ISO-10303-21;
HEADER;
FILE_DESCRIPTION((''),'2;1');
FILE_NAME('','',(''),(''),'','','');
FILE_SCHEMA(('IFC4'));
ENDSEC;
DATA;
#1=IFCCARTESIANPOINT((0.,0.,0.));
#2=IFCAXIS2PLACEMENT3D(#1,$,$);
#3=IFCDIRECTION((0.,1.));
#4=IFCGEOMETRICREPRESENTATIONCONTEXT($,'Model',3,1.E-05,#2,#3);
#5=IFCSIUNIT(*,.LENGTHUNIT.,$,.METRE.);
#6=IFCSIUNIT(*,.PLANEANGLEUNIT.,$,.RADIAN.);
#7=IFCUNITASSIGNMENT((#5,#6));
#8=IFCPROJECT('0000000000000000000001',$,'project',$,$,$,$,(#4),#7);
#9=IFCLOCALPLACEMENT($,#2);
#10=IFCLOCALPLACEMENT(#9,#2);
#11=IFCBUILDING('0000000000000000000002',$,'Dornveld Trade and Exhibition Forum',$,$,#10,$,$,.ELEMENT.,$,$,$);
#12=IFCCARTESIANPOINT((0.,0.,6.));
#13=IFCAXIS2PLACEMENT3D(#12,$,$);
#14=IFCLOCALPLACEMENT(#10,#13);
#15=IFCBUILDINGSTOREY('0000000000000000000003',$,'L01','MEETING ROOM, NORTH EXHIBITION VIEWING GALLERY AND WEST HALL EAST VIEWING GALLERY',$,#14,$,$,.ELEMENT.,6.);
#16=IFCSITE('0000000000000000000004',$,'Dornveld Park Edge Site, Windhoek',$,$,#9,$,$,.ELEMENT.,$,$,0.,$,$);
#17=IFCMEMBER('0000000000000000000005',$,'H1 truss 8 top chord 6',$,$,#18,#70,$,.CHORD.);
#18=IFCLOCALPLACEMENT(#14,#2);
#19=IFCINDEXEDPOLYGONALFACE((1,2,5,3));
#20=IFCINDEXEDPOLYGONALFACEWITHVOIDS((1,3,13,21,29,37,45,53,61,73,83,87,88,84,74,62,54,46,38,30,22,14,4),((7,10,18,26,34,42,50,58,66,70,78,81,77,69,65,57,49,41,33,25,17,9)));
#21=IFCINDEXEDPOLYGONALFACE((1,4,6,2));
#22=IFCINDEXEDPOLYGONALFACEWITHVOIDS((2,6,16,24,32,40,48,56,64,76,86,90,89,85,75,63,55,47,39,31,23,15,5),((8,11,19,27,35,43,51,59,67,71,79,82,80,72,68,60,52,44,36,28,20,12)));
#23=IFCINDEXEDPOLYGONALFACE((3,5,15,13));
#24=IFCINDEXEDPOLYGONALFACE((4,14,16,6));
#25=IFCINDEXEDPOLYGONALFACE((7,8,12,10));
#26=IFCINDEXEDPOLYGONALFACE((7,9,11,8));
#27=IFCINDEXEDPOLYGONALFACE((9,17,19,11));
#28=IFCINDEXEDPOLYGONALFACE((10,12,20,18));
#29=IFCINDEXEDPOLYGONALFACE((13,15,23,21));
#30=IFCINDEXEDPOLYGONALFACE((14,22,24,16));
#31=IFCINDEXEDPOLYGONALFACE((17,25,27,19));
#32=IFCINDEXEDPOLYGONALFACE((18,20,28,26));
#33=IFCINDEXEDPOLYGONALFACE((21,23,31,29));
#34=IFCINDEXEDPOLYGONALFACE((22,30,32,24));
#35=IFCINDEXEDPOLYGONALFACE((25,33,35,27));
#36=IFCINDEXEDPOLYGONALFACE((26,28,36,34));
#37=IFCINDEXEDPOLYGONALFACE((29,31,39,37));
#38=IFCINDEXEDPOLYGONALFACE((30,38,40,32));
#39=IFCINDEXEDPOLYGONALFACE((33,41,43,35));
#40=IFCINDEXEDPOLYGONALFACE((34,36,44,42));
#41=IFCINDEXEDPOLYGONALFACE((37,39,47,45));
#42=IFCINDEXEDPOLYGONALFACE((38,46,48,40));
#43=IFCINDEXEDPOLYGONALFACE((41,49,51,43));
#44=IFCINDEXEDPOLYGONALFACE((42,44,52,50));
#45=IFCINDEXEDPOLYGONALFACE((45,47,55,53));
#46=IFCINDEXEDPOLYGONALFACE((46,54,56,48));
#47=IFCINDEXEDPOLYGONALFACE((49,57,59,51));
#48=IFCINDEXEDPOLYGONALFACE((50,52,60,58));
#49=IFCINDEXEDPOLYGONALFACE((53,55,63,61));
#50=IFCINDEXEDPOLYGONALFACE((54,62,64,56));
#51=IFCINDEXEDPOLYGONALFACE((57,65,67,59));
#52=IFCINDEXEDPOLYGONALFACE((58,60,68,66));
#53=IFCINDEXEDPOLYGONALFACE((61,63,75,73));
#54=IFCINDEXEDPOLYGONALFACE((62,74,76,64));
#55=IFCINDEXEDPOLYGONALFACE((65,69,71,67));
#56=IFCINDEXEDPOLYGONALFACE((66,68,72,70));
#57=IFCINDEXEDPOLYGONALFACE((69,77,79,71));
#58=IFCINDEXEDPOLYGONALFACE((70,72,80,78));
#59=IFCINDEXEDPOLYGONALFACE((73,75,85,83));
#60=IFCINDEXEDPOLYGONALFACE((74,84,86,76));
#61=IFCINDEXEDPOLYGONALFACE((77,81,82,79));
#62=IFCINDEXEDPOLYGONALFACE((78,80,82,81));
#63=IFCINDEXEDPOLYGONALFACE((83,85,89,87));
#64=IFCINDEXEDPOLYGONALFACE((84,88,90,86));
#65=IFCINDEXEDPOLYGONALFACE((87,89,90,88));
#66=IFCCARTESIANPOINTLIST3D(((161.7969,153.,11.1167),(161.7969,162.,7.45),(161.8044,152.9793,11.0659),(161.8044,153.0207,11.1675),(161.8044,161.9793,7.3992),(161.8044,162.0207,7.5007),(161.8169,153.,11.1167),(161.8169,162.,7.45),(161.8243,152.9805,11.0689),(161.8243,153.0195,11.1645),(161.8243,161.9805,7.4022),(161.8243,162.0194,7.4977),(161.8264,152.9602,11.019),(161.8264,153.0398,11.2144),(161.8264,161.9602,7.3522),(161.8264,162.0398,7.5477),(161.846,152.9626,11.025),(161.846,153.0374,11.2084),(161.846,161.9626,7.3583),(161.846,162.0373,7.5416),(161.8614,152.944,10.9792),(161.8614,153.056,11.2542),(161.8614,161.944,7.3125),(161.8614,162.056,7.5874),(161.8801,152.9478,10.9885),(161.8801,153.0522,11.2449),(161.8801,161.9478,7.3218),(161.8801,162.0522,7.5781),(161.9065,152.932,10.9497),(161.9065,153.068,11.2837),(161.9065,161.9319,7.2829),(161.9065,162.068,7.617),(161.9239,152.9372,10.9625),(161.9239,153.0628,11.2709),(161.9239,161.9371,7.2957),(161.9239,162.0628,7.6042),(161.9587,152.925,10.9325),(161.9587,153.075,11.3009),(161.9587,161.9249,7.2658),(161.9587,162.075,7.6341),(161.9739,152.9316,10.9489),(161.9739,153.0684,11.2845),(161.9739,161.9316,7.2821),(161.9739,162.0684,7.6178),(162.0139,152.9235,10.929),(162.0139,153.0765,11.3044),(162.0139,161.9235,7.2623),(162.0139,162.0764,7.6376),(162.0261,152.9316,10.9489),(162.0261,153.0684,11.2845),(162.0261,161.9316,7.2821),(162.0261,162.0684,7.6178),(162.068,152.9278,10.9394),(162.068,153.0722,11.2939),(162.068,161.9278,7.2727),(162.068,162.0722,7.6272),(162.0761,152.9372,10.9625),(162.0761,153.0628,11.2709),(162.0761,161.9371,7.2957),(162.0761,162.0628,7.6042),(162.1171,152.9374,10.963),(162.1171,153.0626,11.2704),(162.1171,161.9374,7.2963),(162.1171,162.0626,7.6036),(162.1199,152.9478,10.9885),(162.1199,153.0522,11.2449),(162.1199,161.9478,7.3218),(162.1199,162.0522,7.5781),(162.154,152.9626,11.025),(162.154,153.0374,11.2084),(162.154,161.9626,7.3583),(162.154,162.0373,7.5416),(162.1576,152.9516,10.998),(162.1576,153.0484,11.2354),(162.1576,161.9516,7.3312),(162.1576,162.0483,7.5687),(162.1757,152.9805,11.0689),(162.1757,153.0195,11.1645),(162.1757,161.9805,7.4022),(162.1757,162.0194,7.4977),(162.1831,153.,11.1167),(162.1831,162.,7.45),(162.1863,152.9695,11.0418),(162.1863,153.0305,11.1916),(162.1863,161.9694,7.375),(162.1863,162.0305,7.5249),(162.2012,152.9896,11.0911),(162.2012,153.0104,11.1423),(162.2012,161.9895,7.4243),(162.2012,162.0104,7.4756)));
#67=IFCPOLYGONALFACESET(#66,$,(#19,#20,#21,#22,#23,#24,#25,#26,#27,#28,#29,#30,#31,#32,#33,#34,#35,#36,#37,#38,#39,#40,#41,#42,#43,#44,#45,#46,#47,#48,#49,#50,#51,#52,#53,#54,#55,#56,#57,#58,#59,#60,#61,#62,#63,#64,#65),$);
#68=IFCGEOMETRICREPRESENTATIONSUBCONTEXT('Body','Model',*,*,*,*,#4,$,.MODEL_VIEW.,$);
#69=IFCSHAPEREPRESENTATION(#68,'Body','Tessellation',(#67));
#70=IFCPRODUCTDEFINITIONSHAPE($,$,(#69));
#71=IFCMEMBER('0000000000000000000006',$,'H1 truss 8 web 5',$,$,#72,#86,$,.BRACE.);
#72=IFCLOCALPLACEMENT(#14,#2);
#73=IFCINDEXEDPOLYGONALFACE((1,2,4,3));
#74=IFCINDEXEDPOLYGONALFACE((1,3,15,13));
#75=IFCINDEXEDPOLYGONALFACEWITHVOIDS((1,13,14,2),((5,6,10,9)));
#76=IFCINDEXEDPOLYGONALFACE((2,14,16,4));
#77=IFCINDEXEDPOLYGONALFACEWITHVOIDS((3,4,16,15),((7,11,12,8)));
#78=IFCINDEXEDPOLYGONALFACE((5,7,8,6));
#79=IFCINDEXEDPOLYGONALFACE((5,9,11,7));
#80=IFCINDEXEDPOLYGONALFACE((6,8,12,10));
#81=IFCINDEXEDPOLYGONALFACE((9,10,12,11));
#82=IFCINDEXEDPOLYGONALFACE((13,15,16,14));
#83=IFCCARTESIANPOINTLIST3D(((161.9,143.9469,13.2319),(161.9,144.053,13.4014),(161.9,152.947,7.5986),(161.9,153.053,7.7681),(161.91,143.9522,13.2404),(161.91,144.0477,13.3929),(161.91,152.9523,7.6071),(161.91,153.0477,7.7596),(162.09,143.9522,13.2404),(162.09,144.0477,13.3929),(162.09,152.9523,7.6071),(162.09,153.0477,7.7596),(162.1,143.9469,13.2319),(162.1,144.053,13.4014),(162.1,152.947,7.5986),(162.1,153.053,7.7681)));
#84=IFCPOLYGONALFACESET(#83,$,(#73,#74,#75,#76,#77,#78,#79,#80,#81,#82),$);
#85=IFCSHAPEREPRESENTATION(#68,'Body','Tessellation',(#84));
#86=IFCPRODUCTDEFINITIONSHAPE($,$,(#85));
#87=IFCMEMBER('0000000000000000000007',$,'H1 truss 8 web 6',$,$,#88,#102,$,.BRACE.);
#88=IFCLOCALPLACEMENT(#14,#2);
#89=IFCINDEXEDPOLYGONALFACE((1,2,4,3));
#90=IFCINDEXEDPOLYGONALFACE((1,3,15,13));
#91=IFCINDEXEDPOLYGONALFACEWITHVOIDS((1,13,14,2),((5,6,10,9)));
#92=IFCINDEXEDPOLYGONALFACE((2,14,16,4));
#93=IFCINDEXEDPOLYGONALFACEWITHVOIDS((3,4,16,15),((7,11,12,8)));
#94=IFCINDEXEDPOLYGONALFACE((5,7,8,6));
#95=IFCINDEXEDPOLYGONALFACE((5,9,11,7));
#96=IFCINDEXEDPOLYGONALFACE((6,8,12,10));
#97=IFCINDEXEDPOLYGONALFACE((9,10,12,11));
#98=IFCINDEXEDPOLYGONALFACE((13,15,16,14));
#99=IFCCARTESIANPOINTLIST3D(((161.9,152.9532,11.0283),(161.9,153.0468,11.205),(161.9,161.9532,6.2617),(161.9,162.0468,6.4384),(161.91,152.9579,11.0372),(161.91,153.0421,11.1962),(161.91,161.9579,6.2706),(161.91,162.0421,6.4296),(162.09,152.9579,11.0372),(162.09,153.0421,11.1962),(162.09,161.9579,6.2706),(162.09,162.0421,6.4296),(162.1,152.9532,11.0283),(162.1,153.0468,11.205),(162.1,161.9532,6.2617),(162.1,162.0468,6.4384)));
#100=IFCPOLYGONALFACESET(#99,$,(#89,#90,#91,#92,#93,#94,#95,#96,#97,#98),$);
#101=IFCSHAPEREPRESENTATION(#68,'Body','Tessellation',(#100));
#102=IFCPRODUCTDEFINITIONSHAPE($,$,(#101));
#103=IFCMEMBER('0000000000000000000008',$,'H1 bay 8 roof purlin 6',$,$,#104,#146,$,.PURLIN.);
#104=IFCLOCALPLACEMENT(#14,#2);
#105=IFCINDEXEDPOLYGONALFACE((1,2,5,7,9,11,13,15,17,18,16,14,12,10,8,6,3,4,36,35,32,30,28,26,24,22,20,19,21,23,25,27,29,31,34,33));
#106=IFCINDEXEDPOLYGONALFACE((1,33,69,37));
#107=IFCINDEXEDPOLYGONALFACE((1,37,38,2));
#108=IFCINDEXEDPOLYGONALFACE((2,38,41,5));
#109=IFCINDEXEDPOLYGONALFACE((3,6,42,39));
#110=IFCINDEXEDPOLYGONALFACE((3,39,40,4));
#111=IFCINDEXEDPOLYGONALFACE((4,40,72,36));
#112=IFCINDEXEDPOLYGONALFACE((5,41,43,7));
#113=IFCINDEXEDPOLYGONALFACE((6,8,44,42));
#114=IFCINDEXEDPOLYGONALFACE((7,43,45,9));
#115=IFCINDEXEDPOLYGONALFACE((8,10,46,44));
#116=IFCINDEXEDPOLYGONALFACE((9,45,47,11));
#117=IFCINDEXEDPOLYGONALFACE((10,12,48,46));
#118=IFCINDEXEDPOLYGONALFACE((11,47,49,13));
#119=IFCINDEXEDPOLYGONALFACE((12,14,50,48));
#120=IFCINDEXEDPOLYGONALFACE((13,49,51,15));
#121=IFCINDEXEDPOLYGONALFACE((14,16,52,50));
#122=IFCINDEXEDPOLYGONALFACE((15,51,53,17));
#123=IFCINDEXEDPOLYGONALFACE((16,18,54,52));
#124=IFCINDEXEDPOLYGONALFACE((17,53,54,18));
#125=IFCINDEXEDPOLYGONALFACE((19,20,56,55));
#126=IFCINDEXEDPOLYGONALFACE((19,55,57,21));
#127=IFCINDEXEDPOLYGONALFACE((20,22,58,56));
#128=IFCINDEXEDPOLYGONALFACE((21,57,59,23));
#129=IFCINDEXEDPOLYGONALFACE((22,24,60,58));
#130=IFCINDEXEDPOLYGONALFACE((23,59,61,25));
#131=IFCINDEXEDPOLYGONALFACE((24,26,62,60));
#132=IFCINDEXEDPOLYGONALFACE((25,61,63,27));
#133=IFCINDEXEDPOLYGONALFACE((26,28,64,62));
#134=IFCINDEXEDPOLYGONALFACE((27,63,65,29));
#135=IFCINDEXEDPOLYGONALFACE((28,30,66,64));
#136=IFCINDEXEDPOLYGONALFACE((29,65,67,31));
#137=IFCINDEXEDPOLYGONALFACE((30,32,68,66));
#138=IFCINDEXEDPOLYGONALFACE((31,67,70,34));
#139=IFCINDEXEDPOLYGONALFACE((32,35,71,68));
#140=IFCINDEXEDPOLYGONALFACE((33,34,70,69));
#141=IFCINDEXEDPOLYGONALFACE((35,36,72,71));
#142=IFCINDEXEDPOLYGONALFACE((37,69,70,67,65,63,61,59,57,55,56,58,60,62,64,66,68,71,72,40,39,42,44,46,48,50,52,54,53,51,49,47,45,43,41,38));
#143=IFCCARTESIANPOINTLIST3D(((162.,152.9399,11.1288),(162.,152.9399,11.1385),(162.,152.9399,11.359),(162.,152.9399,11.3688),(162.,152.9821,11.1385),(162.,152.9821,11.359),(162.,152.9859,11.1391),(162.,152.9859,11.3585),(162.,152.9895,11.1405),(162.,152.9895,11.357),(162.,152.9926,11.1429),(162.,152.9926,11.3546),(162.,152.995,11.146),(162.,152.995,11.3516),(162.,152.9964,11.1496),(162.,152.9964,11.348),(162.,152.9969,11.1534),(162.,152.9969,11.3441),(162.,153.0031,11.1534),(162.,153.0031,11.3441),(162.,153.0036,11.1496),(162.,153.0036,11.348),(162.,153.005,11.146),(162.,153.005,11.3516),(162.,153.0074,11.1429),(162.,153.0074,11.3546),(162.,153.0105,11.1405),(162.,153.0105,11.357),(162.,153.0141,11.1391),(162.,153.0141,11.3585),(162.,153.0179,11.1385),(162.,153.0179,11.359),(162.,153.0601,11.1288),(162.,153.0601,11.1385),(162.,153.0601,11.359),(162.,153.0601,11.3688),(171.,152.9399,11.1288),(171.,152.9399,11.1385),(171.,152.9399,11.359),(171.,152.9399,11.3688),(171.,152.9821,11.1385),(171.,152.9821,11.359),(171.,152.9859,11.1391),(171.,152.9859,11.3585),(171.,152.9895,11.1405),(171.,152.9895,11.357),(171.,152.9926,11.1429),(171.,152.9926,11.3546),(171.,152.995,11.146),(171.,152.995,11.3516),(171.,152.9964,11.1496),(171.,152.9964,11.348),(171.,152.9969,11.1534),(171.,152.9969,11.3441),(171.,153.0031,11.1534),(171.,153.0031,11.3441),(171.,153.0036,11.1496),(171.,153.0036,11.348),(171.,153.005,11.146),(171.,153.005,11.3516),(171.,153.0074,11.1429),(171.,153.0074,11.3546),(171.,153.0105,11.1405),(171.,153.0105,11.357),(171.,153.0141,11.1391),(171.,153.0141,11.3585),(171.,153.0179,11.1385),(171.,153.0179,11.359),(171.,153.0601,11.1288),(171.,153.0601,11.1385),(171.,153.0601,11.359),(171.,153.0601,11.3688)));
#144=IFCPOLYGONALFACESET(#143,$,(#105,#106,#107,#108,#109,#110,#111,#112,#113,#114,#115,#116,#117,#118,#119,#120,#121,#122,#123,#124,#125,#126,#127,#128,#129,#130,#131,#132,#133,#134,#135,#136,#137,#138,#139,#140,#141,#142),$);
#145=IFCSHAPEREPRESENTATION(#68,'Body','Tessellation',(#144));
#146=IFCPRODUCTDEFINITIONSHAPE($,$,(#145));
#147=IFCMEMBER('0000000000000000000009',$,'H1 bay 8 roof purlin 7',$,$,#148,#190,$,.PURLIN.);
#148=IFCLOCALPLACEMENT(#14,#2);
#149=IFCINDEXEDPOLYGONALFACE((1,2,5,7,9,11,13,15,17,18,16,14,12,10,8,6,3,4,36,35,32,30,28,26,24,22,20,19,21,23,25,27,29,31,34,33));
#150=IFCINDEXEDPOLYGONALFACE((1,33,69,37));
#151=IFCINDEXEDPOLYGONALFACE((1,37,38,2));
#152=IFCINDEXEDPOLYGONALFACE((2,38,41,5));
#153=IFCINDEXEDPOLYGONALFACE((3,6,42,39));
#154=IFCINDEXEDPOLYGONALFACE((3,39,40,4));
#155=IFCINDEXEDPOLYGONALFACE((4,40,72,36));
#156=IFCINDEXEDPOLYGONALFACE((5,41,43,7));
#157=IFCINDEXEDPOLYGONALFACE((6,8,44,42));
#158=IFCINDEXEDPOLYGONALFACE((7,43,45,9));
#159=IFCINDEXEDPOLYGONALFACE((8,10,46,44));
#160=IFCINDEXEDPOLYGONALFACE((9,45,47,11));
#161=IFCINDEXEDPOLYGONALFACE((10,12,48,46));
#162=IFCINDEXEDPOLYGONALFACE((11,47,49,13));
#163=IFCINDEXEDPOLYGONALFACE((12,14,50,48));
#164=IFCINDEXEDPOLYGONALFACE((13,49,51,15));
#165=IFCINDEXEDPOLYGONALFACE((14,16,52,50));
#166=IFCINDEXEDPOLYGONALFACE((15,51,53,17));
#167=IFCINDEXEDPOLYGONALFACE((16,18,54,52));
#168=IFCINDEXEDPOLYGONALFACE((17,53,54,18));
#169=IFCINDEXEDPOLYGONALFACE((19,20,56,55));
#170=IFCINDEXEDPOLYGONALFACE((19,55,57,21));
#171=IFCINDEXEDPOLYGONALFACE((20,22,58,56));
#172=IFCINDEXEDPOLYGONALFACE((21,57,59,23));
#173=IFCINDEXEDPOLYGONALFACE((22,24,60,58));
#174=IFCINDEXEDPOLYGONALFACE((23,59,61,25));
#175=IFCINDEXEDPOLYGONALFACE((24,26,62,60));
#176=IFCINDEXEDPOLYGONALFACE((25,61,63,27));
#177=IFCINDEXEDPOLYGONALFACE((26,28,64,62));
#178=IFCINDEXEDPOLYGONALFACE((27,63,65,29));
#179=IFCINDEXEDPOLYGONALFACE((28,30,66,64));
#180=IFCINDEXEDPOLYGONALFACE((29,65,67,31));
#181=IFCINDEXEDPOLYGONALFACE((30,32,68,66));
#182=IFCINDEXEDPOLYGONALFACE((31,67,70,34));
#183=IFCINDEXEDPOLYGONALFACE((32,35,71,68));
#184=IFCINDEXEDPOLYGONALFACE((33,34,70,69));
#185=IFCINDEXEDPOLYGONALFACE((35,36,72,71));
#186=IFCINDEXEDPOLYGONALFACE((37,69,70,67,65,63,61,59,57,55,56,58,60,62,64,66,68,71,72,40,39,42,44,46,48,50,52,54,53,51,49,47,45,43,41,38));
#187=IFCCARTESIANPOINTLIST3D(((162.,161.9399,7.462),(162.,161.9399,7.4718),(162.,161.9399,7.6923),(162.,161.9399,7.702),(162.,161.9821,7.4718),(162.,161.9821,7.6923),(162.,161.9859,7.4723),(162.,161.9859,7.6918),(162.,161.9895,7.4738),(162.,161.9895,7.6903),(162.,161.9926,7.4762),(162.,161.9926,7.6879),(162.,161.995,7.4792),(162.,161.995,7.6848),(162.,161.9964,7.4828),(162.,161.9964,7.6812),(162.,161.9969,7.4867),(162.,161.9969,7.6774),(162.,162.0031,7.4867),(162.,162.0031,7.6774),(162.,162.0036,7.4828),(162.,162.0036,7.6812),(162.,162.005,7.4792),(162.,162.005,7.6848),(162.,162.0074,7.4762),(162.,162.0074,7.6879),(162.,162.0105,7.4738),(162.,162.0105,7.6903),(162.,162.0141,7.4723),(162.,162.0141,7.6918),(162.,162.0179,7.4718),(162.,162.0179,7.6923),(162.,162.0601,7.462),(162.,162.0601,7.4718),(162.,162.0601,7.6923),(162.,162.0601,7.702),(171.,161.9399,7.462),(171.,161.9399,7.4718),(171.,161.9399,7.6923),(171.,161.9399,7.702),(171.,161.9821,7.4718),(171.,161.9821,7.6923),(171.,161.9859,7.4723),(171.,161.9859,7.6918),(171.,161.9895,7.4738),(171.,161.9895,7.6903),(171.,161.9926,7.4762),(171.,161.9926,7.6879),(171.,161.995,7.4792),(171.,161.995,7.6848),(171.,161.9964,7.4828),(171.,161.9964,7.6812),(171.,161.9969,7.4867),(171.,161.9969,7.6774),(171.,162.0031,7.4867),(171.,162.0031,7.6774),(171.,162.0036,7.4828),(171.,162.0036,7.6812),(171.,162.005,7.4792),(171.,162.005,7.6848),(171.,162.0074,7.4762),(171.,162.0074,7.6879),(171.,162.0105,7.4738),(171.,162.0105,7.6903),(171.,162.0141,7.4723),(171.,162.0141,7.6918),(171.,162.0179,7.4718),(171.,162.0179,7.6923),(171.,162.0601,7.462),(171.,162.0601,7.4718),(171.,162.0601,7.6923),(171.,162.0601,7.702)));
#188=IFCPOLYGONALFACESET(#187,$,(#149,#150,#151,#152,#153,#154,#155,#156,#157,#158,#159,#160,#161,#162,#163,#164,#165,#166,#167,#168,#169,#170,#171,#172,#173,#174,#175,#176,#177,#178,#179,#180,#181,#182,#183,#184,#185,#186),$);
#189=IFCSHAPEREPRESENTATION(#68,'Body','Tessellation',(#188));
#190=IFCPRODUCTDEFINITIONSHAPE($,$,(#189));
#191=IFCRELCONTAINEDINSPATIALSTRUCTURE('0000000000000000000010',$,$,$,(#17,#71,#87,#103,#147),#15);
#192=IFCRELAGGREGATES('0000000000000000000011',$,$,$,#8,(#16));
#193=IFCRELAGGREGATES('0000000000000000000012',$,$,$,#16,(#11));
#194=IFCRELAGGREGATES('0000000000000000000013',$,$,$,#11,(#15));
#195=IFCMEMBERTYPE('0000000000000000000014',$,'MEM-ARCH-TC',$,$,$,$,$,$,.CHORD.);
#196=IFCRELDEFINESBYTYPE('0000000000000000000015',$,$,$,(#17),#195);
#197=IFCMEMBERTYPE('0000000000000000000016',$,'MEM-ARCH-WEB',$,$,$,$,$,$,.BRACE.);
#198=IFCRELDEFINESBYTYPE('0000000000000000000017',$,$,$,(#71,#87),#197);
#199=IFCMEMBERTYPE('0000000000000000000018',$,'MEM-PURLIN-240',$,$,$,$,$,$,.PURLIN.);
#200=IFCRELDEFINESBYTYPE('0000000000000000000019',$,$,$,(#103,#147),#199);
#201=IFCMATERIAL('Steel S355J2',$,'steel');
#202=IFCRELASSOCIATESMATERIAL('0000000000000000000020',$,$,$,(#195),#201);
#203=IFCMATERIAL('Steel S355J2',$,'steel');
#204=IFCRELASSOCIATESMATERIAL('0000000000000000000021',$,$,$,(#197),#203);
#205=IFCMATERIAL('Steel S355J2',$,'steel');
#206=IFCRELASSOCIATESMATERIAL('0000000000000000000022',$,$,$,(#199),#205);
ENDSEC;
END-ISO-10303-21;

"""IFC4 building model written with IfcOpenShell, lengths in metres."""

from ifc_helpers import new_model, si_unit, direction, frame, origin, origin_2d, place, context, subcontext, project, spatial, hollow_rectangle, hollow_circle, i_section, extrude, material, material_profile, profile_set, type_object, element, save


model = new_model("IFC4")

# Units and contexts
model_context = context("Model", 3, precision=1e-05, world=origin(), true_north=direction((0.0, 1.0)))
body_context = subcontext(model_context, "Body", "Model", "MODEL_VIEW")
ifc_project = project(units=[si_unit("LENGTHUNIT", "METRE"), si_unit("PLANEANGLEUNIT", "RADIAN")], contexts=[model_context])

# Site, building, storey
site_placement = place(None, origin())
site = spatial("IfcSite", under=ifc_project, at=site_placement, Name="Dornveld Park Edge Site, Windhoek", CompositionType="ELEMENT", RefElevation=0.0)
building_placement = place(site_placement, origin())
building = spatial("IfcBuilding", under=site, at=building_placement, Name="Dornveld Trade and Exhibition Forum", CompositionType="ELEMENT")
storey_placement = place(building_placement, frame((0.0, 0.0, 6.0)))
storey = spatial("IfcBuildingStorey", under=building, at=storey_placement, Name="L01", Description="MEETING ROOM, NORTH EXHIBITION VIEWING GALLERY AND WEST HALL EAST VIEWING GALLERY", CompositionType="ELEMENT", Elevation=6.0)

# Members
ifc_material_1 = material(Name="Steel S355J2", Category="steel")
ifc_material_profile_1 = material_profile(ifc_material_1, hollow_circle(Radius=0.2031, WallThickness=0.02, at=origin_2d()), Name="CHS 406.4x20")
ifc_profile_set_1 = profile_set([ifc_material_profile_1], Name="Steel S355J2")
member_type_1 = type_object("IfcMemberType", Name="MEM-ARCH-TC", PredefinedType="CHORD", material=ifc_profile_set_1)
member_1_placement = place(storey_placement, frame((162.0, 153.0, 11.1167), z_axis=(0.0, 0.926089, -0.377304), x_axis=(-1.0, 0.0, 0.0)))
element("IfcMember", 1, at=member_1_placement, inside=storey, type_object=member_type_1, Name="H1 truss 8 top chord 6", PredefinedType="CHORD", context=body_context, shape_type="SweptSolid", body=[
    extrude(hollow_circle(Radius=0.2031, WallThickness=0.02, at=origin_2d()), origin(), (0.0, 0.0, 1.0), 9.7183),
])
ifc_material_2 = material(Name="Steel S355J2", Category="steel")
ifc_material_profile_2 = material_profile(ifc_material_2, hollow_rectangle(XDim=0.2, YDim=0.2, WallThickness=0.01, at=origin_2d()), Name="SHS 200x200x10")
ifc_profile_set_2 = profile_set([ifc_material_profile_2], Name="Steel S355J2")
member_type_2 = type_object("IfcMemberType", Name="MEM-ARCH-WEB", PredefinedType="BRACE", material=ifc_profile_set_2)
member_2_placement = place(storey_placement, frame((162.0, 153.0, 7.6833), z_axis=(0.0, -0.847647, 0.530561), x_axis=(1.0, 0.0, 0.0)))
element("IfcMember", 2, at=member_2_placement, inside=storey, type_object=member_type_2, Name="H1 truss 8 web 5", PredefinedType="BRACE", context=body_context, shape_type="SweptSolid", body=[
    extrude(hollow_rectangle(XDim=0.2, YDim=0.2, WallThickness=0.01, at=origin_2d()), origin(), (0.0, 0.0, 1.0), 10.6177),
])
member_3_placement = place(storey_placement, frame((162.0, 162.0, 6.3501), z_axis=(0.0, -0.883711, 0.468033), x_axis=(1.0, 0.0, 0.0)))
element("IfcMember", 3, at=member_3_placement, inside=storey, type_object=member_type_2, Name="H1 truss 8 web 6", PredefinedType="BRACE", context=body_context, shape_type="SweptSolid", body=[
    extrude(hollow_rectangle(XDim=0.2, YDim=0.2, WallThickness=0.01, at=origin_2d()), origin(), (0.0, 0.0, 1.0), 10.1843),
])
ifc_material_3 = material(Name="Steel S355J2", Category="steel")
ifc_material_profile_3 = material_profile(ifc_material_3, i_section(OverallWidth=0.1201, OverallDepth=0.24, WebThickness=0.0061, FlangeThickness=0.0098, FilletRadius=0.0149, at=origin_2d()), Name="IPE 240")
ifc_profile_set_3 = profile_set([ifc_material_profile_3], Name="Steel S355J2")
member_type_3 = type_object("IfcMemberType", Name="MEM-PURLIN-240", PredefinedType="PURLIN", material=ifc_profile_set_3)
for number, where, z_axis, x_axis, name in (
    (4, (162.0, 153.0, 11.2488), (1.0, 0.0, 0.0), (0.0, 1.0, 0.0), "H1 bay 8 roof purlin 6"),
    (5, (162.0, 162.0, 7.582), (1.0, 0.0, 0.0), (0.0, 1.0, 0.0), "H1 bay 8 roof purlin 7"),
):
    element("IfcMember", number, at=place(storey_placement, frame(where, z_axis=z_axis, x_axis=x_axis)), inside=storey, type_object=member_type_3, Name=name, PredefinedType="PURLIN", context=body_context, shape_type="SweptSolid", body=[
        extrude(i_section(OverallWidth=0.1201, OverallDepth=0.24, WebThickness=0.0061, FlangeThickness=0.0098, FilletRadius=0.0149, at=origin_2d()), origin(), (0.0, 0.0, 1.0), 9.0),
    ])

save(model, "model.ifc")
